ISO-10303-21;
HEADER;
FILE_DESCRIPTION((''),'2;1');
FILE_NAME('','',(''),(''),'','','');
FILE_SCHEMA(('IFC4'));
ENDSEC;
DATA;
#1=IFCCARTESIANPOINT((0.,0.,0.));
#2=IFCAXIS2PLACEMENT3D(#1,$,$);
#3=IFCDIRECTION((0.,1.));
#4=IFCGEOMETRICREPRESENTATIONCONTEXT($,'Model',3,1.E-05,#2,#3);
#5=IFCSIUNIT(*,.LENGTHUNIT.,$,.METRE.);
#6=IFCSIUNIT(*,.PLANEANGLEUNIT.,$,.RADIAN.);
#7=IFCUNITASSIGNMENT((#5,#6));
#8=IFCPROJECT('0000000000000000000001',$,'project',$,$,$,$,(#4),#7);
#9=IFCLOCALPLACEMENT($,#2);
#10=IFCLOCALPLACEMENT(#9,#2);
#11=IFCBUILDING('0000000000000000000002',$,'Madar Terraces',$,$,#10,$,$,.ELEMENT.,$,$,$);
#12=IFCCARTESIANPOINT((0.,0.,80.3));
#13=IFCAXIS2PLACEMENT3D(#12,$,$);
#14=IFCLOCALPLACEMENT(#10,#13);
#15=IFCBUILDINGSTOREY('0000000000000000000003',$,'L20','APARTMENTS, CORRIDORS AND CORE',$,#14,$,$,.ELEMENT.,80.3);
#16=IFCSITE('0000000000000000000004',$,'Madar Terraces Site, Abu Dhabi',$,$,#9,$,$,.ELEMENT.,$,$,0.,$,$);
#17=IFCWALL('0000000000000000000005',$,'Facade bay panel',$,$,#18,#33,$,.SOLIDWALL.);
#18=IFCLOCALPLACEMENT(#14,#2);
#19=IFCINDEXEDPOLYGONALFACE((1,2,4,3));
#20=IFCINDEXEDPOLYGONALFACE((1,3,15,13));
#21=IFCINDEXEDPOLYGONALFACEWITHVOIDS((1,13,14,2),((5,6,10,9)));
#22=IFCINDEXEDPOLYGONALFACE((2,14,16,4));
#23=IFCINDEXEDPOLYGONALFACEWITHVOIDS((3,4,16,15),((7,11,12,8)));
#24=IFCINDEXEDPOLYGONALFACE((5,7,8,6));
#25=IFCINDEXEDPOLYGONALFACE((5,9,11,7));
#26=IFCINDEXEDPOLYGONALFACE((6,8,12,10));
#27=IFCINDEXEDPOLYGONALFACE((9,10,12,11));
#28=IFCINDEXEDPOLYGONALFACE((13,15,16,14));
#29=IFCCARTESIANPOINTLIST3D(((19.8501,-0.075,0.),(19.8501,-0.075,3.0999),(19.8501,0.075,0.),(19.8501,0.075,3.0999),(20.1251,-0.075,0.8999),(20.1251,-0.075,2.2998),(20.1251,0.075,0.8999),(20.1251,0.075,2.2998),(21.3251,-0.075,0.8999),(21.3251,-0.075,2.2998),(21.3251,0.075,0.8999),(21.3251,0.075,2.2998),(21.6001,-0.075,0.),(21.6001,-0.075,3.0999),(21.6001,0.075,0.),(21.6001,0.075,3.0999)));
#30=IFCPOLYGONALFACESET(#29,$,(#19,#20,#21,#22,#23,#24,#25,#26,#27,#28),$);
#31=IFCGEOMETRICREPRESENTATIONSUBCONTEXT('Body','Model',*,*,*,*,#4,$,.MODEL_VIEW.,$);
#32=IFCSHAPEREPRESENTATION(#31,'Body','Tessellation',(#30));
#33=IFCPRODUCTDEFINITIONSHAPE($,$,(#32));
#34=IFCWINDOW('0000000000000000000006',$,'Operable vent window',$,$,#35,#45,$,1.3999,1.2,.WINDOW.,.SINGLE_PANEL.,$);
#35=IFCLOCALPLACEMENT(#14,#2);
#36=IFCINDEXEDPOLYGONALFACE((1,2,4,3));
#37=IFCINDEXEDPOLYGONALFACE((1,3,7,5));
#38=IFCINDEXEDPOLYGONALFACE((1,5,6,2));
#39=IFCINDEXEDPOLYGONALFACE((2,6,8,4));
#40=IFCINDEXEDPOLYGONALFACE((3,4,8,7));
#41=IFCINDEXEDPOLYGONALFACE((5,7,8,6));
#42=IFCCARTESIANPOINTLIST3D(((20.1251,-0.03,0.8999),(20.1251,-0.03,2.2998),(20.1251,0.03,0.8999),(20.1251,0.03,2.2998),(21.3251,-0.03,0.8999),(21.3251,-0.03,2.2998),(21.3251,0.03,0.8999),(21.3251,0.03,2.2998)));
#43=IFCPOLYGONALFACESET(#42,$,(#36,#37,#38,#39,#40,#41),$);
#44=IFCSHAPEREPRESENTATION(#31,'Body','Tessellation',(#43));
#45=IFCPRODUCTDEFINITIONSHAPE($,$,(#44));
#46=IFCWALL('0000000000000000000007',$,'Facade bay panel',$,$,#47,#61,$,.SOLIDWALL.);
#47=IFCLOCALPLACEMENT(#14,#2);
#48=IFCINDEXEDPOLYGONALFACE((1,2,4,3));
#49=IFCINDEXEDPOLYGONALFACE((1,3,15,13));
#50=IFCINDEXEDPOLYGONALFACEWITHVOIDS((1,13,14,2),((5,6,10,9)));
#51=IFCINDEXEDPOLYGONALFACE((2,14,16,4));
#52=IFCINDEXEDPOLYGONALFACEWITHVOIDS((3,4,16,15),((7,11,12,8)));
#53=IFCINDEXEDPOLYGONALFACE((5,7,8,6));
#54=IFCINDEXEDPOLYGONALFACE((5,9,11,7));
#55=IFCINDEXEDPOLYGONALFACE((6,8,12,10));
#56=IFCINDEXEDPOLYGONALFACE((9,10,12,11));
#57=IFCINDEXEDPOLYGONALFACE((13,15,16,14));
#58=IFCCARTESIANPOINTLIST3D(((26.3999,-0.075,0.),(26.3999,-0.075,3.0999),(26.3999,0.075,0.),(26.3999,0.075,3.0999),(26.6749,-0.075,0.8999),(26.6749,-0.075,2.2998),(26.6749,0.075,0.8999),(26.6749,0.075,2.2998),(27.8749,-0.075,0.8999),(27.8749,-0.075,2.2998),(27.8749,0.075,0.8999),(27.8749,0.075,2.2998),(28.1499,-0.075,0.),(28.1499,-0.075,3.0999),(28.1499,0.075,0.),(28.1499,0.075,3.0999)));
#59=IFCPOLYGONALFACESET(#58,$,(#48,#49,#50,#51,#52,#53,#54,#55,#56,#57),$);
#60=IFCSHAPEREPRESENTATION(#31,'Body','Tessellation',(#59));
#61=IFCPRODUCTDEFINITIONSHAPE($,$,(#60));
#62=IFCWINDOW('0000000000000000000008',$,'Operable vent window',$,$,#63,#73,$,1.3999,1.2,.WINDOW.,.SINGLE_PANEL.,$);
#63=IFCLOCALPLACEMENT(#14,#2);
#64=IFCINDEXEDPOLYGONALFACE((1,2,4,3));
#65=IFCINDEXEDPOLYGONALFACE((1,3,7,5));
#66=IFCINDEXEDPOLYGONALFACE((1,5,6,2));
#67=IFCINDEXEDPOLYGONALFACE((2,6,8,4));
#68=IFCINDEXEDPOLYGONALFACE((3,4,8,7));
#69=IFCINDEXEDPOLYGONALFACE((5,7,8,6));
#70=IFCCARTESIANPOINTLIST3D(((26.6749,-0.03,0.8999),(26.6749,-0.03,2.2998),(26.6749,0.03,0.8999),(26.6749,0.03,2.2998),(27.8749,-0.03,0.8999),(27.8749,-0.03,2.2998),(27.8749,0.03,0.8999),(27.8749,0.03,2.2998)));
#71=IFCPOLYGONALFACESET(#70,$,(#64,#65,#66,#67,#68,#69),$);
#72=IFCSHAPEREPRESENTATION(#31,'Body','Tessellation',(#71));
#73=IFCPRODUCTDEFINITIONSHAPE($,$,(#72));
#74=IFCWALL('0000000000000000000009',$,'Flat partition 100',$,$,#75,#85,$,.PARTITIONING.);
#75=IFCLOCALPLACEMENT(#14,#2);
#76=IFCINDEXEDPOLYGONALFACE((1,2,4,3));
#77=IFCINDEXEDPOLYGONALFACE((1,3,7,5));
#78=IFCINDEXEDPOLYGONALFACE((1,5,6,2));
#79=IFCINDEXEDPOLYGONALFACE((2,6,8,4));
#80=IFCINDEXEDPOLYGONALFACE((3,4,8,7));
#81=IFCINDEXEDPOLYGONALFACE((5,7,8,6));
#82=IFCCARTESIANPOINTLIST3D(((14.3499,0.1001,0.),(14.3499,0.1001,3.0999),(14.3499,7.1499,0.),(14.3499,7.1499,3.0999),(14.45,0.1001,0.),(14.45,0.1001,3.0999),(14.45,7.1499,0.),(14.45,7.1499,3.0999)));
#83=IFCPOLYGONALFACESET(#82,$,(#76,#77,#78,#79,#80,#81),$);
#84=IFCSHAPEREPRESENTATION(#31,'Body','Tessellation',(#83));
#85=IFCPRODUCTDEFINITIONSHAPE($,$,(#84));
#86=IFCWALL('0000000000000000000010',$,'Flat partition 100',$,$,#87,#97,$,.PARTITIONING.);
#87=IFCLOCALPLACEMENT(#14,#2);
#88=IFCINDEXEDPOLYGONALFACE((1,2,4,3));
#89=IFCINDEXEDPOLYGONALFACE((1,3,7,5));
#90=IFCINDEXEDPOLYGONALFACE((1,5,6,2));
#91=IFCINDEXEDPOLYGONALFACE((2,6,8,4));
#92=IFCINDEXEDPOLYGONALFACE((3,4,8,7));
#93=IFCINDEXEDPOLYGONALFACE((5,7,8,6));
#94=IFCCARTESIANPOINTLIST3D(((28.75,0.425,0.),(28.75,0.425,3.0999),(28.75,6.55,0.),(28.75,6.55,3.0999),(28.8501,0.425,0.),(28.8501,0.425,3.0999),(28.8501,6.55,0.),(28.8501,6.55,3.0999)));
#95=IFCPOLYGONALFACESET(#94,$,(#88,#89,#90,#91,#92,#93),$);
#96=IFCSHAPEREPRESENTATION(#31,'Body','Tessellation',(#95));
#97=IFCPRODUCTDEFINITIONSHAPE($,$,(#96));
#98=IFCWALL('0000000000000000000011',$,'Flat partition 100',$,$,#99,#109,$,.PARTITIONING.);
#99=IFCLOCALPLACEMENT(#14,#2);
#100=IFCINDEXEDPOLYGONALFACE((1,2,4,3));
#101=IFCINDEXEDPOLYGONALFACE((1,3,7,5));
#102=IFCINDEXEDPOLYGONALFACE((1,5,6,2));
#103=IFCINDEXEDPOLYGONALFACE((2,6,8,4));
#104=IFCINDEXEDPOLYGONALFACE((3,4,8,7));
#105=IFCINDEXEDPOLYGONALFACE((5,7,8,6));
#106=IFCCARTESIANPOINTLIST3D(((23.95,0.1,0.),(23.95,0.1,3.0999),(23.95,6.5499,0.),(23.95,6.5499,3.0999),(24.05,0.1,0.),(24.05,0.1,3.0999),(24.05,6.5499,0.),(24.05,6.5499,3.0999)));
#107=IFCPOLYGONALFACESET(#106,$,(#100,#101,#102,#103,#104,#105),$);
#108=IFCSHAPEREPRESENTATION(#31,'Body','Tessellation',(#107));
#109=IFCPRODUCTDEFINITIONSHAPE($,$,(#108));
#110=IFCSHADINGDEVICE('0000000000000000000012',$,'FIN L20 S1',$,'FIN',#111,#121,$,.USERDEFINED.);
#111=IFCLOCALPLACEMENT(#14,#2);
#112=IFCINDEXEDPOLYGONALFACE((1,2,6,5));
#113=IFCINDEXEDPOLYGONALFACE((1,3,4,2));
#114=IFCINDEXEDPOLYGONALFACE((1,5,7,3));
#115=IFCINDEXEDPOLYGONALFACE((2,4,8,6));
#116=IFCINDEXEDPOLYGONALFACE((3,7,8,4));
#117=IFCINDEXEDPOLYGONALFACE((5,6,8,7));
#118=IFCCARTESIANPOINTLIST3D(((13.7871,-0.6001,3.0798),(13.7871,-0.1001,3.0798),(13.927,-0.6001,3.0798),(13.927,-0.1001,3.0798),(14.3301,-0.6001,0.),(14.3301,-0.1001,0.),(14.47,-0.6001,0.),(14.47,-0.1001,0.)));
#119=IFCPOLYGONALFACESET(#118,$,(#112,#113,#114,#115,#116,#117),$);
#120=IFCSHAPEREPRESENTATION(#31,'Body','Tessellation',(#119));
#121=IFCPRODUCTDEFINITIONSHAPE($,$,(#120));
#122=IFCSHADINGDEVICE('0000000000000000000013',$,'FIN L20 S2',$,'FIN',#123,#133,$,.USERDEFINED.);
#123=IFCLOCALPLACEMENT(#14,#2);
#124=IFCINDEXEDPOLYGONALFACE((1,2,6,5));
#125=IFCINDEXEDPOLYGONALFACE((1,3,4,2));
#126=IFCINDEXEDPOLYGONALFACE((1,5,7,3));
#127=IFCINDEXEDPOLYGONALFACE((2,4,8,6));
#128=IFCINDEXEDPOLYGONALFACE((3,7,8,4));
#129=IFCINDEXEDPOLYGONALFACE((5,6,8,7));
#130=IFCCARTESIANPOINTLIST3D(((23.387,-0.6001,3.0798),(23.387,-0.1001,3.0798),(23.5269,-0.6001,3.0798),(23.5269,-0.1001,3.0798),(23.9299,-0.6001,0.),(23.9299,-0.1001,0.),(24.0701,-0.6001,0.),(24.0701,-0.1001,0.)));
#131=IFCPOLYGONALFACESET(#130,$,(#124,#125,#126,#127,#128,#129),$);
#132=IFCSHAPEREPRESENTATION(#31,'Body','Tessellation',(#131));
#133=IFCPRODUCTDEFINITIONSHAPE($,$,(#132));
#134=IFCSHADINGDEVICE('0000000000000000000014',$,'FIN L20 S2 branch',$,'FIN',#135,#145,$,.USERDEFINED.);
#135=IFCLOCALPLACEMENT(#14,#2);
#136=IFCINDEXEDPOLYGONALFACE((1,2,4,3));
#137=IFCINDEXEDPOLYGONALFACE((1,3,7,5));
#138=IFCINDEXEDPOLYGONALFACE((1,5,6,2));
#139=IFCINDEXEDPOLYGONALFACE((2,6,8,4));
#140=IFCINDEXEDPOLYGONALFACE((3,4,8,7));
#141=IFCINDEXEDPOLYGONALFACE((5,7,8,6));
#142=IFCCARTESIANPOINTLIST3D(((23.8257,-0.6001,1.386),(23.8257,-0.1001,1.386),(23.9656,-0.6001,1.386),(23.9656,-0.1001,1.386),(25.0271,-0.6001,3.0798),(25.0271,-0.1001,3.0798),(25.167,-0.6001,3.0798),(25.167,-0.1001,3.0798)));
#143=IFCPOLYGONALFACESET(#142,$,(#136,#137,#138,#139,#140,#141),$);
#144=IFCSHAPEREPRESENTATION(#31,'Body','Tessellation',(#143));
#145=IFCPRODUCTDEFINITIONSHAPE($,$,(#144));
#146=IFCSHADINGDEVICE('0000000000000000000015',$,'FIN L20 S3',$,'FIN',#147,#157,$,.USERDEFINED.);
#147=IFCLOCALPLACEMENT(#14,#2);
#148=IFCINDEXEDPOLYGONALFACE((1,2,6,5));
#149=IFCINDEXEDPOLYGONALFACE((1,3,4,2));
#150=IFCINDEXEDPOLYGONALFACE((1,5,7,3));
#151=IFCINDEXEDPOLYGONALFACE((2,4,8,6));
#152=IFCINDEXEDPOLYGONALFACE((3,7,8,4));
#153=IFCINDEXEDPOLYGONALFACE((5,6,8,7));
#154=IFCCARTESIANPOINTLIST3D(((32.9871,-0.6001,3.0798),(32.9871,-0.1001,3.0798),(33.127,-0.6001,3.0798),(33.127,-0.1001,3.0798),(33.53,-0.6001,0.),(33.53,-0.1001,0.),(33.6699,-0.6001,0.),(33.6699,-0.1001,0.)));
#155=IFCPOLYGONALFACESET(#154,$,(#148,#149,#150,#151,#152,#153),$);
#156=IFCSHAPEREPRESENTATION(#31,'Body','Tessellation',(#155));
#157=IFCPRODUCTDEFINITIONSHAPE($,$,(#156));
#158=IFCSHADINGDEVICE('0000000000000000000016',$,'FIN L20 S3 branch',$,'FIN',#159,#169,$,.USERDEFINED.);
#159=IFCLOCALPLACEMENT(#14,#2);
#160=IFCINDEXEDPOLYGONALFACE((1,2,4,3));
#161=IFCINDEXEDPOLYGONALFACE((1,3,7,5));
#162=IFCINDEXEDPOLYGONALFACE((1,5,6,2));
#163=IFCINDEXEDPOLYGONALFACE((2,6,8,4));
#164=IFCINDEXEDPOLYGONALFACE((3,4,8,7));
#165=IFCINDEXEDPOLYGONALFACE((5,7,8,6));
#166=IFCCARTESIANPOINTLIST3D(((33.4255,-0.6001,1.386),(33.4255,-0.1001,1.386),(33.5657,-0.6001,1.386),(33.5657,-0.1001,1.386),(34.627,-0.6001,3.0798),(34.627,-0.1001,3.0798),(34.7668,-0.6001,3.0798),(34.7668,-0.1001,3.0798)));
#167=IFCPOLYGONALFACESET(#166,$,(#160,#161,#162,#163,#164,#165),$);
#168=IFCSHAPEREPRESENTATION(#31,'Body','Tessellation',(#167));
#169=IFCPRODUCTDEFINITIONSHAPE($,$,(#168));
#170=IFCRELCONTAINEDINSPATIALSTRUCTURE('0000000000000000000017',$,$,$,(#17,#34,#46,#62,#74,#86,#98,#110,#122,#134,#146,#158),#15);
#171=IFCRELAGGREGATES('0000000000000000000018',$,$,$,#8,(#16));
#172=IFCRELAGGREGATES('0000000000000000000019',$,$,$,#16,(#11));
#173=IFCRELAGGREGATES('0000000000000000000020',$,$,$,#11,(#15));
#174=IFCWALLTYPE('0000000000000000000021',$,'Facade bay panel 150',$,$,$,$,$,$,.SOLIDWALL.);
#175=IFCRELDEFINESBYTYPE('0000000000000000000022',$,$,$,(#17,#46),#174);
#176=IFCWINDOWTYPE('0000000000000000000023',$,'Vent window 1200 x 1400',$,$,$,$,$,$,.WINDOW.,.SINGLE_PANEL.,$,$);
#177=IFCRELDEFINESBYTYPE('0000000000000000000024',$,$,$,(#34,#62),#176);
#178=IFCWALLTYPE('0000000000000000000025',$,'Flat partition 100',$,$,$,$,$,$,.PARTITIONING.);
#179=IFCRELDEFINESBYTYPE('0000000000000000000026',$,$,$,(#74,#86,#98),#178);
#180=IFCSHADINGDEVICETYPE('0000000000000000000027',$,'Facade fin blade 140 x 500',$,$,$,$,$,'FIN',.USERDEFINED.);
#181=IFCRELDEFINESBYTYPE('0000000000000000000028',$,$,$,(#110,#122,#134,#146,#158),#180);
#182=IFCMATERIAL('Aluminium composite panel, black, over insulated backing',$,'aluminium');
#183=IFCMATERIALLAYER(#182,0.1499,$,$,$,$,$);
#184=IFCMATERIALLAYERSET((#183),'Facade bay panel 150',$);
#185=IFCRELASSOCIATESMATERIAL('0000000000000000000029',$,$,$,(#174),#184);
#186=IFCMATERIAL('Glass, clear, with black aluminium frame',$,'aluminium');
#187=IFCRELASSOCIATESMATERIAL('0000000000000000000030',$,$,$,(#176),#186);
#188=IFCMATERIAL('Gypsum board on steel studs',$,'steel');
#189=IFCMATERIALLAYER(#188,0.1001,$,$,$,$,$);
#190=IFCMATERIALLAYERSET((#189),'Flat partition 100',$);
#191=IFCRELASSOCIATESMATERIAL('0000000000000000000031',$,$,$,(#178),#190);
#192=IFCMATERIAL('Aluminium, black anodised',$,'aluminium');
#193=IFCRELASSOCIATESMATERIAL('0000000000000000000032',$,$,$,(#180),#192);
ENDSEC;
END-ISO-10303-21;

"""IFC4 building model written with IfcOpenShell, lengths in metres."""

from ifc_helpers import new_model, si_unit, direction, frame, frame_2d, origin, place, context, subcontext, project, spatial, polyline, rectangle, outline, extrude, material, layer, layer_set, type_object, element, fill, save


model = new_model("IFC4")

# Units and contexts
model_context = context("Model", 3, precision=1e-05, world=origin(), true_north=direction((0.0, 1.0)))
body_context = subcontext(model_context, "Body", "Model", "MODEL_VIEW")
ifc_project = project(units=[si_unit("LENGTHUNIT", "METRE"), si_unit("PLANEANGLEUNIT", "RADIAN")], contexts=[model_context])

# Site, building, storey
site_placement = place(None, origin())
site = spatial("IfcSite", under=ifc_project, at=site_placement, Name="Madar Terraces Site, Abu Dhabi", CompositionType="ELEMENT", RefElevation=0.0)
building_placement = place(site_placement, origin())
building = spatial("IfcBuilding", under=site, at=building_placement, Name="Madar Terraces", CompositionType="ELEMENT")
storey_placement = place(building_placement, frame((0.0, 0.0, 80.3)))
storey = spatial("IfcBuildingStorey", under=building, at=storey_placement, Name="L20", Description="APARTMENTS, CORRIDORS AND CORE", CompositionType="ELEMENT", Elevation=80.3)

# Walls, openings, windows
ifc_material_1 = material(Name="Aluminium composite panel, black, over insulated backing", Category="aluminium")
ifc_layer_1 = layer(ifc_material_1, 0.1499)
ifc_layer_set_1 = layer_set([ifc_layer_1], Name="Facade bay panel 150")
wall_type_1 = type_object("IfcWallType", Name="Facade bay panel 150", PredefinedType="SOLIDWALL", material=ifc_layer_set_1)
ifc_material_2 = material(Name="Glass, clear, with black aluminium frame", Category="aluminium")
window_type = type_object("IfcWindowType", Name="Vent window 1200 x 1400", PartitioningType="SINGLE_PANEL", PredefinedType="WINDOW", material=ifc_material_2)
wall_1_placement = place(storey_placement, frame((19.8501, 0.0, 0.0), z_axis=(0.0, 0.0, 1.0), x_axis=(1.0, 0.0, 0.0)))
wall_1 = element("IfcWall", 1, at=wall_1_placement, inside=storey, type_object=wall_type_1, Name="Facade bay panel", PredefinedType="SOLIDWALL", context=body_context, shape_type="SweptSolid", body=[
    extrude(rectangle(XDim=1.75, YDim=0.1499, at=frame_2d((0.875, 0.0))), origin(), (0.0, 0.0, 1.0), 3.0999),
])
opening_1_placement = place(wall_1_placement, frame((0.2749, 0.0, 0.8999)))
opening_1 = element("IfcOpeningElement", 2, at=opening_1_placement, cuts=wall_1, PredefinedType="OPENING", context=body_context, shape_type="SweptSolid", body=[
    extrude(rectangle(XDim=1.2, YDim=1.3999, at=frame_2d((0.6001, 0.7))), frame((0.0, 0.085, 0.0), z_axis=(0.0, -1.0, 0.0), x_axis=(1.0, 0.0, 0.0)), (0.0, 0.0, 1.0), 0.1699),
])
window_1_placement = place(opening_1_placement, origin())
window_1 = element("IfcWindow", 3, at=window_1_placement, inside=storey, type_object=window_type, Name="Operable vent window", OverallHeight=1.3999, OverallWidth=1.2, PartitioningType="SINGLE_PANEL", PredefinedType="WINDOW", context=body_context, shape_type="SweptSolid", body=[
    extrude(rectangle(XDim=1.2, YDim=1.3999, at=frame_2d((0.6001, 0.7))), frame((0.0, 0.03, 0.0), z_axis=(0.0, -1.0, 0.0), x_axis=(1.0, 0.0, 0.0)), (0.0, 0.0, 1.0), 0.0601),
])
fill(opening_1, window_1)
wall_2_placement = place(storey_placement, frame((26.3999, 0.0, 0.0), z_axis=(0.0, 0.0, 1.0), x_axis=(1.0, 0.0, 0.0)))
wall_2 = element("IfcWall", 4, at=wall_2_placement, inside=storey, type_object=wall_type_1, Name="Facade bay panel", PredefinedType="SOLIDWALL", context=body_context, shape_type="SweptSolid", body=[
    extrude(rectangle(XDim=1.75, YDim=0.1499, at=frame_2d((0.875, 0.0))), origin(), (0.0, 0.0, 1.0), 3.0999),
])
opening_2_placement = place(wall_2_placement, frame((0.2749, 0.0, 0.8999)))
opening_2 = element("IfcOpeningElement", 5, at=opening_2_placement, cuts=wall_2, PredefinedType="OPENING", context=body_context, shape_type="SweptSolid", body=[
    extrude(rectangle(XDim=1.2, YDim=1.3999, at=frame_2d((0.6001, 0.7))), frame((0.0, 0.085, 0.0), z_axis=(0.0, -1.0, 0.0), x_axis=(1.0, 0.0, 0.0)), (0.0, 0.0, 1.0), 0.1699),
])
window_2_placement = place(opening_2_placement, origin())
window_2 = element("IfcWindow", 6, at=window_2_placement, inside=storey, type_object=window_type, Name="Operable vent window", OverallHeight=1.3999, OverallWidth=1.2, PartitioningType="SINGLE_PANEL", PredefinedType="WINDOW", context=body_context, shape_type="SweptSolid", body=[
    extrude(rectangle(XDim=1.2, YDim=1.3999, at=frame_2d((0.6001, 0.7))), frame((0.0, 0.03, 0.0), z_axis=(0.0, -1.0, 0.0), x_axis=(1.0, 0.0, 0.0)), (0.0, 0.0, 1.0), 0.0601),
])
fill(opening_2, window_2)

# Walls
ifc_material_3 = material(Name="Gypsum board on steel studs", Category="steel")
ifc_layer_2 = layer(ifc_material_3, 0.1001)
ifc_layer_set_2 = layer_set([ifc_layer_2], Name="Flat partition 100")
wall_type_2 = type_object("IfcWallType", Name="Flat partition 100", PredefinedType="PARTITIONING", material=ifc_layer_set_2)
wall_3_placement = place(storey_placement, frame((14.3999, 7.1499, 0.0), z_axis=(0.0, 0.0, 1.0), x_axis=(0.0, -1.0, 0.0)))
element("IfcWall", 7, at=wall_3_placement, inside=storey, type_object=wall_type_2, Name="Flat partition 100", PredefinedType="PARTITIONING", context=body_context, shape_type="SweptSolid", body=[
    extrude(rectangle(XDim=7.0498, YDim=0.1001, at=frame_2d((3.5249, 0.0))), origin(), (0.0, 0.0, 1.0), 3.0999),
])
wall_4_placement = place(storey_placement, frame((28.8, 6.55, 0.0), z_axis=(0.0, 0.0, 1.0), x_axis=(0.0, -1.0, 0.0)))
element("IfcWall", 8, at=wall_4_placement, inside=storey, type_object=wall_type_2, Name="Flat partition 100", PredefinedType="PARTITIONING", context=body_context, shape_type="SweptSolid", body=[
    extrude(rectangle(XDim=6.125, YDim=0.1001, at=frame_2d((3.0625, 0.0))), origin(), (0.0, 0.0, 1.0), 3.0999),
])
wall_5_placement = place(storey_placement, frame((24.0, 6.55, 0.0), z_axis=(0.0, 0.0, 1.0), x_axis=(0.0, -1.0, 0.0)))
element("IfcWall", 9, at=wall_5_placement, inside=storey, type_object=wall_type_2, Name="Flat partition 100", PredefinedType="PARTITIONING", context=body_context, shape_type="SweptSolid", body=[
    extrude(rectangle(XDim=6.45, YDim=0.1001, at=frame_2d((3.2251, 0.0))), origin(), (0.0, 0.0, 1.0), 3.0999),
])

# Shading devices
ifc_material_4 = material(Name="Aluminium, black anodised", Category="aluminium")
shading_device_type = type_object("IfcShadingDeviceType", Name="Facade fin blade 140 x 500", ElementType="FIN", PredefinedType="USERDEFINED", material=ifc_material_4)
shading_device_1_placement = place(storey_placement, frame((14.3301, -0.3501, 0.0), z_axis=(0.0, 0.0, 1.0), x_axis=(1.0, 0.0, 0.0)))
element("IfcShadingDevice", 10, at=shading_device_1_placement, inside=storey, type_object=shading_device_type, Name="FIN L20 S1", ObjectType="FIN", PredefinedType="USERDEFINED", context=body_context, shape_type="SweptSolid", body=[
    extrude(outline(polyline([(0.0, 0.0), (0.1399, 0.0), (-0.4031, 3.0798), (-0.543, 3.0798), (0.0, 0.0)])), frame((0.0, 0.25, 0.0), z_axis=(0.0, -1.0, 0.0), x_axis=(1.0, 0.0, 0.0)), (0.0, 0.0, 1.0), 0.5),
])
shading_device_2_placement = place(storey_placement, frame((23.9299, -0.3501, 0.0), z_axis=(0.0, 0.0, 1.0), x_axis=(1.0, 0.0, 0.0)))
element("IfcShadingDevice", 11, at=shading_device_2_placement, inside=storey, type_object=shading_device_type, Name="FIN L20 S2", ObjectType="FIN", PredefinedType="USERDEFINED", context=body_context, shape_type="SweptSolid", body=[
    extrude(outline(polyline([(0.0, 0.0), (0.1401, 0.0), (-0.4031, 3.0798), (-0.543, 3.0798), (0.0, 0.0)])), frame((0.0, 0.25, 0.0), z_axis=(0.0, -1.0, 0.0), x_axis=(1.0, 0.0, 0.0)), (0.0, 0.0, 1.0), 0.5),
])
shading_device_3_placement = place(storey_placement, frame((23.8257, -0.3501, 1.386), z_axis=(0.0, 0.0, 1.0), x_axis=(1.0, 0.0, 0.0)))
element("IfcShadingDevice", 12, at=shading_device_3_placement, inside=storey, type_object=shading_device_type, Name="FIN L20 S2 branch", ObjectType="FIN", PredefinedType="USERDEFINED", context=body_context, shape_type="SweptSolid", body=[
    extrude(outline(polyline([(0.0, 0.0), (0.1399, 0.0), (1.3413, 1.6938), (1.2014, 1.6938), (0.0, 0.0)])), frame((0.0, 0.25, 0.0), z_axis=(0.0, -1.0, 0.0), x_axis=(1.0, 0.0, 0.0)), (0.0, 0.0, 1.0), 0.5),
])
shading_device_4_placement = place(storey_placement, frame((33.53, -0.3501, 0.0), z_axis=(0.0, 0.0, 1.0), x_axis=(1.0, 0.0, 0.0)))
element("IfcShadingDevice", 13, at=shading_device_4_placement, inside=storey, type_object=shading_device_type, Name="FIN L20 S3", ObjectType="FIN", PredefinedType="USERDEFINED", context=body_context, shape_type="SweptSolid", body=[
    extrude(outline(polyline([(0.0, 0.0), (0.1399, 0.0), (-0.4031, 3.0798), (-0.543, 3.0798), (0.0, 0.0)])), frame((0.0, 0.25, 0.0), z_axis=(0.0, -1.0, 0.0), x_axis=(1.0, 0.0, 0.0)), (0.0, 0.0, 1.0), 0.5),
])
shading_device_5_placement = place(storey_placement, frame((33.4255, -0.3501, 1.386), z_axis=(0.0, 0.0, 1.0), x_axis=(1.0, 0.0, 0.0)))
element("IfcShadingDevice", 14, at=shading_device_5_placement, inside=storey, type_object=shading_device_type, Name="FIN L20 S3 branch", ObjectType="FIN", PredefinedType="USERDEFINED", context=body_context, shape_type="SweptSolid", body=[
    extrude(outline(polyline([(0.0, 0.0), (0.1401, 0.0), (1.3413, 1.6938), (1.2014, 1.6938), (0.0, 0.0)])), frame((0.0, 0.25, 0.0), z_axis=(0.0, -1.0, 0.0), x_axis=(1.0, 0.0, 0.0)), (0.0, 0.0, 1.0), 0.5),
])

save(model, "model.ifc")
